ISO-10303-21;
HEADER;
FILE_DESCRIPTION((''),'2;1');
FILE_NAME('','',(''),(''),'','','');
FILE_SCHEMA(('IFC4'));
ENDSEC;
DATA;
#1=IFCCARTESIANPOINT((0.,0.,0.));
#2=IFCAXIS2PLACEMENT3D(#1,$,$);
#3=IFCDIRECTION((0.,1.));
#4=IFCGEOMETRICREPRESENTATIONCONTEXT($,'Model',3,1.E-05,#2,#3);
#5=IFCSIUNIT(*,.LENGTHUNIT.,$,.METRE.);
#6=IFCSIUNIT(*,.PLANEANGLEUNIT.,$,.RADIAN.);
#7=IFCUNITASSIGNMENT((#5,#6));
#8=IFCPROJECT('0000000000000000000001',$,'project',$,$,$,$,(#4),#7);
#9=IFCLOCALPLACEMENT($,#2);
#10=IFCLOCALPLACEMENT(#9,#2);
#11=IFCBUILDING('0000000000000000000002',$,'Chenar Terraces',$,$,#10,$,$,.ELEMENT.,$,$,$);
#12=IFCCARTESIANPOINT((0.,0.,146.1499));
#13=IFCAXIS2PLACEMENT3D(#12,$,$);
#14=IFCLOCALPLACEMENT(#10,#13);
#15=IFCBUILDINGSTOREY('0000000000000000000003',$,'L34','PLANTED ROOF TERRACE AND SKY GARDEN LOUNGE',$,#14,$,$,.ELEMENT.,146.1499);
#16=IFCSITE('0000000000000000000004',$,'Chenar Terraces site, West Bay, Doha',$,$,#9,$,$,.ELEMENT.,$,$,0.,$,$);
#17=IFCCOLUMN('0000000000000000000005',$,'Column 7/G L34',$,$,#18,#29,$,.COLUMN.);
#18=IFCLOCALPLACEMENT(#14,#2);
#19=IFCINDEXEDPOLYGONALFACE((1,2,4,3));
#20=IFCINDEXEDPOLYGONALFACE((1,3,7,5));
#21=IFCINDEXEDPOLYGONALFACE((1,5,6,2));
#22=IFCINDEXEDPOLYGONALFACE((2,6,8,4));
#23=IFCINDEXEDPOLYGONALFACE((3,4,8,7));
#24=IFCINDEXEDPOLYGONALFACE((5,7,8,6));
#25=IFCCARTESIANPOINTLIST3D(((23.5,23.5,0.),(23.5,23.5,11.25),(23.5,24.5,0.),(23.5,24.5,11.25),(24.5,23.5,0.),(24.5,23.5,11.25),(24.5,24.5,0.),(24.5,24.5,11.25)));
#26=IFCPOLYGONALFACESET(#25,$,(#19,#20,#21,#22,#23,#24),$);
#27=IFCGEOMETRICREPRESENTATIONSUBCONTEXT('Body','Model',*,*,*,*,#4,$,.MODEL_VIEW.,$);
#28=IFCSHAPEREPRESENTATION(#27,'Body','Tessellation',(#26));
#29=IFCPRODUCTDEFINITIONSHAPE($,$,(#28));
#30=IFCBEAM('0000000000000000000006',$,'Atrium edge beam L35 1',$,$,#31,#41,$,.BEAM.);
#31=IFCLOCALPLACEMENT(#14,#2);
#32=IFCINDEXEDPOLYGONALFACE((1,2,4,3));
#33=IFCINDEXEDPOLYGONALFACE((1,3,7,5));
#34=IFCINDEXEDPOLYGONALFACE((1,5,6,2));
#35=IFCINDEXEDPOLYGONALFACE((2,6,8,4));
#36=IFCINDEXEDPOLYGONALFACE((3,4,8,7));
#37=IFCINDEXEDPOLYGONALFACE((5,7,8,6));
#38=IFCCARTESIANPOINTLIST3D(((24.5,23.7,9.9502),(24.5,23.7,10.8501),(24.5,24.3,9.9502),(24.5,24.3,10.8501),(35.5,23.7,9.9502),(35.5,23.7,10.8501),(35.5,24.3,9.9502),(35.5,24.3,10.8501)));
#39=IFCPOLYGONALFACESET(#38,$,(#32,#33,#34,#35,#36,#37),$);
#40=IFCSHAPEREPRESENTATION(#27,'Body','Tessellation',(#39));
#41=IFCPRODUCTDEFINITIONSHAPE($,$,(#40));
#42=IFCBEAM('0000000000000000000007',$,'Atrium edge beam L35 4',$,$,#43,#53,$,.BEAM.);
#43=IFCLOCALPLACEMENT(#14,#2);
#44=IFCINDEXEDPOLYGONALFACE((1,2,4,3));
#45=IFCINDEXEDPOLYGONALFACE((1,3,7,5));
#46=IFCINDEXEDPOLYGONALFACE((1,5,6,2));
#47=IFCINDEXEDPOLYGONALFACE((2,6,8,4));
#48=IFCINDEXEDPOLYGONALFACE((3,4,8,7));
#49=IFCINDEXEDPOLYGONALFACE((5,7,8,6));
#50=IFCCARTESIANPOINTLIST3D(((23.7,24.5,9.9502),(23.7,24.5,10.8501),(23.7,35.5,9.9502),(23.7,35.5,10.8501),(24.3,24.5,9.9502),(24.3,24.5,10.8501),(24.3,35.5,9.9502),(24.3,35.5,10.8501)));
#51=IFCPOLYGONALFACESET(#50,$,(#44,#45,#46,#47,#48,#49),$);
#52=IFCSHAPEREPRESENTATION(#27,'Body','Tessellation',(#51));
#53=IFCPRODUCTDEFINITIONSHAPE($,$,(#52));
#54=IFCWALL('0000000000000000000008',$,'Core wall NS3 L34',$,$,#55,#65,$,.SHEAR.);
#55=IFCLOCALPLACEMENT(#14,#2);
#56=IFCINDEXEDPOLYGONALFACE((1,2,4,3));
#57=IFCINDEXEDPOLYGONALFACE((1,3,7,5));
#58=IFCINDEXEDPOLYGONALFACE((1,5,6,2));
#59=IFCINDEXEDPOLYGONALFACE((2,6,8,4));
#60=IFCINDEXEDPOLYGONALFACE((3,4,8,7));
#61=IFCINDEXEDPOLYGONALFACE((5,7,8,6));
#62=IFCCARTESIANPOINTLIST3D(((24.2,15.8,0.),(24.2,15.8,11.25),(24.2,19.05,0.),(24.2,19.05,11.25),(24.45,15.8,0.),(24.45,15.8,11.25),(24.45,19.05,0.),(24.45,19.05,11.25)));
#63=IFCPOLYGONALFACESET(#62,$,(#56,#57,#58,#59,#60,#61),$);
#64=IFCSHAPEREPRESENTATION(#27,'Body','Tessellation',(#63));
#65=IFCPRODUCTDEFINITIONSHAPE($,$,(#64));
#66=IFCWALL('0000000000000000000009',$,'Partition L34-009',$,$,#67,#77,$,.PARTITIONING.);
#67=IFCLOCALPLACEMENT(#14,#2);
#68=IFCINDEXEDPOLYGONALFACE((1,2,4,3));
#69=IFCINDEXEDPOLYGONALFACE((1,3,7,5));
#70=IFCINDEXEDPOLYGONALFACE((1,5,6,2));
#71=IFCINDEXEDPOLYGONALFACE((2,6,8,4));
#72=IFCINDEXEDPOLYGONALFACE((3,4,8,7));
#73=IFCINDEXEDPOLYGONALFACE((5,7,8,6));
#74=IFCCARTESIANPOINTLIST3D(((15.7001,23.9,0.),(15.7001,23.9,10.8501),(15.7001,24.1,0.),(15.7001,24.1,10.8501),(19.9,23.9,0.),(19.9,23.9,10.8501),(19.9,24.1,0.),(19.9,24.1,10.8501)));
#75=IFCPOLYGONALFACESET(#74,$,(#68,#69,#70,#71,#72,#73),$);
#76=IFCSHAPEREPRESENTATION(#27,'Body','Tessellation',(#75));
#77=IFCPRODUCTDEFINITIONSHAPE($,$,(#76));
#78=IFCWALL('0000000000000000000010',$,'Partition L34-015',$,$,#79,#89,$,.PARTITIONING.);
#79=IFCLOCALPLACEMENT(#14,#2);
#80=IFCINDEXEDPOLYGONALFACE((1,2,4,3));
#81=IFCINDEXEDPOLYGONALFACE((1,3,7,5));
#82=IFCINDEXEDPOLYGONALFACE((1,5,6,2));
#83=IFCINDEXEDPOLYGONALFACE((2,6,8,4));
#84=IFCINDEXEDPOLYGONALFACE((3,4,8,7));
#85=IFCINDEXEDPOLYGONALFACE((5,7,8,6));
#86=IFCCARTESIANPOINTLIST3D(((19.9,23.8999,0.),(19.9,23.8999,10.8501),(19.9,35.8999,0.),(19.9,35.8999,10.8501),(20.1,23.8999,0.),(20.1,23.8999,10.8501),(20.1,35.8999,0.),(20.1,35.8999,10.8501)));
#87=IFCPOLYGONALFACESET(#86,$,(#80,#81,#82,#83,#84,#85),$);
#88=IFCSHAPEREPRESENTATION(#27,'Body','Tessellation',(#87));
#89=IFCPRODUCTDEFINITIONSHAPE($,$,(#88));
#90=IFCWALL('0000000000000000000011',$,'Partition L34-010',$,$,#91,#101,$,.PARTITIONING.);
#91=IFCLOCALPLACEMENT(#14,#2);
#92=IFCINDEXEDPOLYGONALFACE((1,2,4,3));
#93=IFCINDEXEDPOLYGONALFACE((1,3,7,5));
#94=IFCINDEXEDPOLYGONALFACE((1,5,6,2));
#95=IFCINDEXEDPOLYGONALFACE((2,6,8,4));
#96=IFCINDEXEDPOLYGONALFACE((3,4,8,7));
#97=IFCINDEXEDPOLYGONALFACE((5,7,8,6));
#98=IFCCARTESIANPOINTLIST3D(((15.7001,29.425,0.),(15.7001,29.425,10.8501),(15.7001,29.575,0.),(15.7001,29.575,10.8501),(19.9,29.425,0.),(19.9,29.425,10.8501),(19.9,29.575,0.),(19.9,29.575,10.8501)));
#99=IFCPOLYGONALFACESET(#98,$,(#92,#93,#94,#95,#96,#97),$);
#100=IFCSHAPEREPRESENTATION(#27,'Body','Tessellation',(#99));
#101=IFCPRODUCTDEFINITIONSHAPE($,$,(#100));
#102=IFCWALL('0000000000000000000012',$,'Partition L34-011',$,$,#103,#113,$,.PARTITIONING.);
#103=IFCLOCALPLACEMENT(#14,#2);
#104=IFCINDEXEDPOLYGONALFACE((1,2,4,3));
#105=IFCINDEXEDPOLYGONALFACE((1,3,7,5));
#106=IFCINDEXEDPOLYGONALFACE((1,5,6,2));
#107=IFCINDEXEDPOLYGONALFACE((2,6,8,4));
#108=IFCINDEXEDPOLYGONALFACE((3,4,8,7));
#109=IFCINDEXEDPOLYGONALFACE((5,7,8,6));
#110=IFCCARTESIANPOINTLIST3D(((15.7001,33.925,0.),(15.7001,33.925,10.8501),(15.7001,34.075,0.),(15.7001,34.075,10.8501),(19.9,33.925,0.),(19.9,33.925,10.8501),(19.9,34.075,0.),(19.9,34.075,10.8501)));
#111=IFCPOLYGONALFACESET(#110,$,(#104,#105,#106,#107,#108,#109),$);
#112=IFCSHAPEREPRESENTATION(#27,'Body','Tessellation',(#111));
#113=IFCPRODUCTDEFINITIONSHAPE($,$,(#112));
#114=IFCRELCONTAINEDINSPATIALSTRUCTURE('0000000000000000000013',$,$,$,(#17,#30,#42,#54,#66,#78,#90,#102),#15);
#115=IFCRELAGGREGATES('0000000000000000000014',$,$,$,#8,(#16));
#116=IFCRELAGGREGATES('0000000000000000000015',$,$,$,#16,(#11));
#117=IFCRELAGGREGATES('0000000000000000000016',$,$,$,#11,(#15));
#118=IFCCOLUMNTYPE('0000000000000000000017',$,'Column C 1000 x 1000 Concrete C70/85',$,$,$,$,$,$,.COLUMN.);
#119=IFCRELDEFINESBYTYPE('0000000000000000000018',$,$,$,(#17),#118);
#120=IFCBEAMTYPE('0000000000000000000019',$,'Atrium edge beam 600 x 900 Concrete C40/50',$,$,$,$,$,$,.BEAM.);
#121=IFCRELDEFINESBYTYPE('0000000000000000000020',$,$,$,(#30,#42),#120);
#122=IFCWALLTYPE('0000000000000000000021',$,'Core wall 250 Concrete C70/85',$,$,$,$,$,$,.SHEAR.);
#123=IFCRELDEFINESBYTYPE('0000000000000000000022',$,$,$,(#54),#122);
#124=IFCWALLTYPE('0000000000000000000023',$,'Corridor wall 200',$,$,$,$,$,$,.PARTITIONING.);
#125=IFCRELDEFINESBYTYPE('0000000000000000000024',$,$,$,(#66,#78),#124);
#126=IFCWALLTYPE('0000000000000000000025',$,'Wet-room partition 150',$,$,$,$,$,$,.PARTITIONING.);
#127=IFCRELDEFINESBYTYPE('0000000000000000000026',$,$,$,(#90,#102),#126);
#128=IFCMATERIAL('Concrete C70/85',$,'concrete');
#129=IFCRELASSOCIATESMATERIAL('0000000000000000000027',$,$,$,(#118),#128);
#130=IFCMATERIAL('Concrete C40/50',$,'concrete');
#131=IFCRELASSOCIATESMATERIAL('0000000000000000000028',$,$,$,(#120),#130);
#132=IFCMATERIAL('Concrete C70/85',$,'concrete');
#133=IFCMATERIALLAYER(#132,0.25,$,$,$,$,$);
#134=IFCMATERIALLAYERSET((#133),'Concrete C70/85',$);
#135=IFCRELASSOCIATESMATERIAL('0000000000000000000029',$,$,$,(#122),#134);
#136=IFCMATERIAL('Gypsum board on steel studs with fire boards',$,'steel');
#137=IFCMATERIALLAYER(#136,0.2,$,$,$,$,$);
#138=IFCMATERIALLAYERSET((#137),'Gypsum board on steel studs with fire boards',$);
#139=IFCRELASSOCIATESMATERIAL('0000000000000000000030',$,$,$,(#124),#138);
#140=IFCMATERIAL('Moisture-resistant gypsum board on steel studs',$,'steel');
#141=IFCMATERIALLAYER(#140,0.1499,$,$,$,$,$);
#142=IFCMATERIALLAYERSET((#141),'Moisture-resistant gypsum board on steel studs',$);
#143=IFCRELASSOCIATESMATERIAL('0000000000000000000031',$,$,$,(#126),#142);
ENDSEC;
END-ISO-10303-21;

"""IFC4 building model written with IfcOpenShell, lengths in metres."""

from ifc_helpers import new_model, si_unit, direction, frame, frame_2d, origin, origin_2d, place, context, subcontext, project, spatial, rectangle, extrude, material, layer, layer_set, material_profile, profile_set, type_object, element, save


model = new_model("IFC4")

# Units and contexts
model_context = context("Model", 3, precision=1e-05, world=origin(), true_north=direction((0.0, 1.0)))
body_context = subcontext(model_context, "Body", "Model", "MODEL_VIEW")
ifc_project = project(units=[si_unit("LENGTHUNIT", "METRE"), si_unit("PLANEANGLEUNIT", "RADIAN")], contexts=[model_context])

# Site, building, storey
site_placement = place(None, origin())
site = spatial("IfcSite", under=ifc_project, at=site_placement, Name="Chenar Terraces site, West Bay, Doha", CompositionType="ELEMENT", RefElevation=0.0)
building_placement = place(site_placement, origin())
building = spatial("IfcBuilding", under=site, at=building_placement, Name="Chenar Terraces", CompositionType="ELEMENT")
storey_placement = place(building_placement, frame((0.0, 0.0, 146.1499)))
storey = spatial("IfcBuildingStorey", under=building, at=storey_placement, Name="L34", Description="PLANTED ROOF TERRACE AND SKY GARDEN LOUNGE", CompositionType="ELEMENT", Elevation=146.1499)

# Column
ifc_material_1 = material(Name="Concrete C70/85", Category="concrete")
ifc_material_profile_1 = material_profile(ifc_material_1, rectangle(XDim=1.0, YDim=1.0, at=origin_2d()), Name="C 1000 x 1000")
ifc_profile_set_1 = profile_set([ifc_material_profile_1], Name="Concrete C70/85")
column_type = type_object("IfcColumnType", Name="Column C 1000 x 1000 Concrete C70/85", PredefinedType="COLUMN", material=ifc_profile_set_1)
column_placement = place(storey_placement, frame((24.0, 24.0, 0.0), z_axis=(0.0, 0.0, 1.0), x_axis=(1.0, 0.0, 0.0)))
element("IfcColumn", 1, at=column_placement, inside=storey, type_object=column_type, Name="Column 7/G L34", PredefinedType="COLUMN", context=body_context, shape_type="SweptSolid", body=[
    extrude(rectangle(XDim=1.0, YDim=1.0, at=origin_2d()), origin(), (0.0, 0.0, 1.0), 11.25),
])

# Beams
ifc_material_2 = material(Name="Concrete C40/50", Category="concrete")
ifc_material_profile_2 = material_profile(ifc_material_2, rectangle(XDim=0.6001, YDim=0.8999, at=origin_2d()), Name="RC 600 x 900")
ifc_profile_set_2 = profile_set([ifc_material_profile_2], Name="Concrete C40/50")
beam_type = type_object("IfcBeamType", Name="Atrium edge beam 600 x 900 Concrete C40/50", PredefinedType="BEAM", material=ifc_profile_set_2)
for number, where, z_axis, x_axis, name in (
    (2, (24.5, 24.0, 10.4001), (1.0, 0.0, 0.0), (0.0, 1.0, 0.0), "Atrium edge beam L35 1"),
    (3, (24.0, 35.5, 10.4001), (0.0, -1.0, 0.0), (1.0, 0.0, 0.0), "Atrium edge beam L35 4"),
):
    element("IfcBeam", number, at=place(storey_placement, frame(where, z_axis=z_axis, x_axis=x_axis)), inside=storey, type_object=beam_type, Name=name, PredefinedType="BEAM", context=body_context, shape_type="SweptSolid", body=[
        extrude(rectangle(XDim=0.6001, YDim=0.8999, at=origin_2d()), origin(), (0.0, 0.0, 1.0), 11.0),
    ])

# Walls
ifc_material_3 = material(Name="Concrete C70/85", Category="concrete")
ifc_layer_1 = layer(ifc_material_3, 0.25)
ifc_layer_set_1 = layer_set([ifc_layer_1], Name="Concrete C70/85")
wall_type_1 = type_object("IfcWallType", Name="Core wall 250 Concrete C70/85", PredefinedType="SHEAR", material=ifc_layer_set_1)
wall_1_placement = place(storey_placement, frame((24.325, 15.8, 0.0), z_axis=(0.0, 0.0, 1.0), x_axis=(0.0, 1.0, 0.0)))
element("IfcWall", 4, at=wall_1_placement, inside=storey, type_object=wall_type_1, Name="Core wall NS3 L34", PredefinedType="SHEAR", context=body_context, shape_type="SweptSolid", body=[
    extrude(rectangle(XDim=3.25, YDim=0.25, at=frame_2d((1.625, 0.0))), origin(), (0.0, 0.0, 1.0), 11.25),
])
ifc_material_4 = material(Name="Gypsum board on steel studs with fire boards", Category="steel")
ifc_layer_2 = layer(ifc_material_4, 0.2)
ifc_layer_set_2 = layer_set([ifc_layer_2], Name="Gypsum board on steel studs with fire boards")
wall_type_2 = type_object("IfcWallType", Name="Corridor wall 200", PredefinedType="PARTITIONING", material=ifc_layer_set_2)
wall_2_placement = place(storey_placement, frame((15.7, 24.0, 0.0), z_axis=(0.0, 0.0, 1.0), x_axis=(1.0, 0.0, 0.0)))
element("IfcWall", 5, at=wall_2_placement, inside=storey, type_object=wall_type_2, Name="Partition L34-009", PredefinedType="PARTITIONING", context=body_context, shape_type="SweptSolid", body=[
    extrude(rectangle(XDim=4.2, YDim=0.2, at=frame_2d((2.1001, 0.0))), origin(), (0.0, 0.0, 1.0), 10.8501),
])
wall_3_placement = place(storey_placement, frame((20.0, 23.8999, 0.0), z_axis=(0.0, 0.0, 1.0), x_axis=(0.0, 1.0, 0.0)))
element("IfcWall", 6, at=wall_3_placement, inside=storey, type_object=wall_type_2, Name="Partition L34-015", PredefinedType="PARTITIONING", context=body_context, shape_type="SweptSolid", body=[
    extrude(rectangle(XDim=12.0, YDim=0.2, at=frame_2d((6.0, 0.0))), origin(), (0.0, 0.0, 1.0), 10.8501),
])
ifc_material_5 = material(Name="Moisture-resistant gypsum board on steel studs", Category="steel")
ifc_layer_3 = layer(ifc_material_5, 0.1499)
ifc_layer_set_3 = layer_set([ifc_layer_3], Name="Moisture-resistant gypsum board on steel studs")
wall_type_3 = type_object("IfcWallType", Name="Wet-room partition 150", PredefinedType="PARTITIONING", material=ifc_layer_set_3)
for number, where, z_axis, x_axis, name in (
    (7, (15.7, 29.5, 0.0), (0.0, 0.0, 1.0), (1.0, 0.0, 0.0), "Partition L34-010"),
    (8, (15.7, 34.0, 0.0), (0.0, 0.0, 1.0), (1.0, 0.0, 0.0), "Partition L34-011"),
):
    element("IfcWall", number, at=place(storey_placement, frame(where, z_axis=z_axis, x_axis=x_axis)), inside=storey, type_object=wall_type_3, Name=name, PredefinedType="PARTITIONING", context=body_context, shape_type="SweptSolid", body=[
        extrude(rectangle(XDim=4.2, YDim=0.1499, at=frame_2d((2.1001, 0.0))), origin(), (0.0, 0.0, 1.0), 10.8501),
    ])

save(model, "model.ifc")
